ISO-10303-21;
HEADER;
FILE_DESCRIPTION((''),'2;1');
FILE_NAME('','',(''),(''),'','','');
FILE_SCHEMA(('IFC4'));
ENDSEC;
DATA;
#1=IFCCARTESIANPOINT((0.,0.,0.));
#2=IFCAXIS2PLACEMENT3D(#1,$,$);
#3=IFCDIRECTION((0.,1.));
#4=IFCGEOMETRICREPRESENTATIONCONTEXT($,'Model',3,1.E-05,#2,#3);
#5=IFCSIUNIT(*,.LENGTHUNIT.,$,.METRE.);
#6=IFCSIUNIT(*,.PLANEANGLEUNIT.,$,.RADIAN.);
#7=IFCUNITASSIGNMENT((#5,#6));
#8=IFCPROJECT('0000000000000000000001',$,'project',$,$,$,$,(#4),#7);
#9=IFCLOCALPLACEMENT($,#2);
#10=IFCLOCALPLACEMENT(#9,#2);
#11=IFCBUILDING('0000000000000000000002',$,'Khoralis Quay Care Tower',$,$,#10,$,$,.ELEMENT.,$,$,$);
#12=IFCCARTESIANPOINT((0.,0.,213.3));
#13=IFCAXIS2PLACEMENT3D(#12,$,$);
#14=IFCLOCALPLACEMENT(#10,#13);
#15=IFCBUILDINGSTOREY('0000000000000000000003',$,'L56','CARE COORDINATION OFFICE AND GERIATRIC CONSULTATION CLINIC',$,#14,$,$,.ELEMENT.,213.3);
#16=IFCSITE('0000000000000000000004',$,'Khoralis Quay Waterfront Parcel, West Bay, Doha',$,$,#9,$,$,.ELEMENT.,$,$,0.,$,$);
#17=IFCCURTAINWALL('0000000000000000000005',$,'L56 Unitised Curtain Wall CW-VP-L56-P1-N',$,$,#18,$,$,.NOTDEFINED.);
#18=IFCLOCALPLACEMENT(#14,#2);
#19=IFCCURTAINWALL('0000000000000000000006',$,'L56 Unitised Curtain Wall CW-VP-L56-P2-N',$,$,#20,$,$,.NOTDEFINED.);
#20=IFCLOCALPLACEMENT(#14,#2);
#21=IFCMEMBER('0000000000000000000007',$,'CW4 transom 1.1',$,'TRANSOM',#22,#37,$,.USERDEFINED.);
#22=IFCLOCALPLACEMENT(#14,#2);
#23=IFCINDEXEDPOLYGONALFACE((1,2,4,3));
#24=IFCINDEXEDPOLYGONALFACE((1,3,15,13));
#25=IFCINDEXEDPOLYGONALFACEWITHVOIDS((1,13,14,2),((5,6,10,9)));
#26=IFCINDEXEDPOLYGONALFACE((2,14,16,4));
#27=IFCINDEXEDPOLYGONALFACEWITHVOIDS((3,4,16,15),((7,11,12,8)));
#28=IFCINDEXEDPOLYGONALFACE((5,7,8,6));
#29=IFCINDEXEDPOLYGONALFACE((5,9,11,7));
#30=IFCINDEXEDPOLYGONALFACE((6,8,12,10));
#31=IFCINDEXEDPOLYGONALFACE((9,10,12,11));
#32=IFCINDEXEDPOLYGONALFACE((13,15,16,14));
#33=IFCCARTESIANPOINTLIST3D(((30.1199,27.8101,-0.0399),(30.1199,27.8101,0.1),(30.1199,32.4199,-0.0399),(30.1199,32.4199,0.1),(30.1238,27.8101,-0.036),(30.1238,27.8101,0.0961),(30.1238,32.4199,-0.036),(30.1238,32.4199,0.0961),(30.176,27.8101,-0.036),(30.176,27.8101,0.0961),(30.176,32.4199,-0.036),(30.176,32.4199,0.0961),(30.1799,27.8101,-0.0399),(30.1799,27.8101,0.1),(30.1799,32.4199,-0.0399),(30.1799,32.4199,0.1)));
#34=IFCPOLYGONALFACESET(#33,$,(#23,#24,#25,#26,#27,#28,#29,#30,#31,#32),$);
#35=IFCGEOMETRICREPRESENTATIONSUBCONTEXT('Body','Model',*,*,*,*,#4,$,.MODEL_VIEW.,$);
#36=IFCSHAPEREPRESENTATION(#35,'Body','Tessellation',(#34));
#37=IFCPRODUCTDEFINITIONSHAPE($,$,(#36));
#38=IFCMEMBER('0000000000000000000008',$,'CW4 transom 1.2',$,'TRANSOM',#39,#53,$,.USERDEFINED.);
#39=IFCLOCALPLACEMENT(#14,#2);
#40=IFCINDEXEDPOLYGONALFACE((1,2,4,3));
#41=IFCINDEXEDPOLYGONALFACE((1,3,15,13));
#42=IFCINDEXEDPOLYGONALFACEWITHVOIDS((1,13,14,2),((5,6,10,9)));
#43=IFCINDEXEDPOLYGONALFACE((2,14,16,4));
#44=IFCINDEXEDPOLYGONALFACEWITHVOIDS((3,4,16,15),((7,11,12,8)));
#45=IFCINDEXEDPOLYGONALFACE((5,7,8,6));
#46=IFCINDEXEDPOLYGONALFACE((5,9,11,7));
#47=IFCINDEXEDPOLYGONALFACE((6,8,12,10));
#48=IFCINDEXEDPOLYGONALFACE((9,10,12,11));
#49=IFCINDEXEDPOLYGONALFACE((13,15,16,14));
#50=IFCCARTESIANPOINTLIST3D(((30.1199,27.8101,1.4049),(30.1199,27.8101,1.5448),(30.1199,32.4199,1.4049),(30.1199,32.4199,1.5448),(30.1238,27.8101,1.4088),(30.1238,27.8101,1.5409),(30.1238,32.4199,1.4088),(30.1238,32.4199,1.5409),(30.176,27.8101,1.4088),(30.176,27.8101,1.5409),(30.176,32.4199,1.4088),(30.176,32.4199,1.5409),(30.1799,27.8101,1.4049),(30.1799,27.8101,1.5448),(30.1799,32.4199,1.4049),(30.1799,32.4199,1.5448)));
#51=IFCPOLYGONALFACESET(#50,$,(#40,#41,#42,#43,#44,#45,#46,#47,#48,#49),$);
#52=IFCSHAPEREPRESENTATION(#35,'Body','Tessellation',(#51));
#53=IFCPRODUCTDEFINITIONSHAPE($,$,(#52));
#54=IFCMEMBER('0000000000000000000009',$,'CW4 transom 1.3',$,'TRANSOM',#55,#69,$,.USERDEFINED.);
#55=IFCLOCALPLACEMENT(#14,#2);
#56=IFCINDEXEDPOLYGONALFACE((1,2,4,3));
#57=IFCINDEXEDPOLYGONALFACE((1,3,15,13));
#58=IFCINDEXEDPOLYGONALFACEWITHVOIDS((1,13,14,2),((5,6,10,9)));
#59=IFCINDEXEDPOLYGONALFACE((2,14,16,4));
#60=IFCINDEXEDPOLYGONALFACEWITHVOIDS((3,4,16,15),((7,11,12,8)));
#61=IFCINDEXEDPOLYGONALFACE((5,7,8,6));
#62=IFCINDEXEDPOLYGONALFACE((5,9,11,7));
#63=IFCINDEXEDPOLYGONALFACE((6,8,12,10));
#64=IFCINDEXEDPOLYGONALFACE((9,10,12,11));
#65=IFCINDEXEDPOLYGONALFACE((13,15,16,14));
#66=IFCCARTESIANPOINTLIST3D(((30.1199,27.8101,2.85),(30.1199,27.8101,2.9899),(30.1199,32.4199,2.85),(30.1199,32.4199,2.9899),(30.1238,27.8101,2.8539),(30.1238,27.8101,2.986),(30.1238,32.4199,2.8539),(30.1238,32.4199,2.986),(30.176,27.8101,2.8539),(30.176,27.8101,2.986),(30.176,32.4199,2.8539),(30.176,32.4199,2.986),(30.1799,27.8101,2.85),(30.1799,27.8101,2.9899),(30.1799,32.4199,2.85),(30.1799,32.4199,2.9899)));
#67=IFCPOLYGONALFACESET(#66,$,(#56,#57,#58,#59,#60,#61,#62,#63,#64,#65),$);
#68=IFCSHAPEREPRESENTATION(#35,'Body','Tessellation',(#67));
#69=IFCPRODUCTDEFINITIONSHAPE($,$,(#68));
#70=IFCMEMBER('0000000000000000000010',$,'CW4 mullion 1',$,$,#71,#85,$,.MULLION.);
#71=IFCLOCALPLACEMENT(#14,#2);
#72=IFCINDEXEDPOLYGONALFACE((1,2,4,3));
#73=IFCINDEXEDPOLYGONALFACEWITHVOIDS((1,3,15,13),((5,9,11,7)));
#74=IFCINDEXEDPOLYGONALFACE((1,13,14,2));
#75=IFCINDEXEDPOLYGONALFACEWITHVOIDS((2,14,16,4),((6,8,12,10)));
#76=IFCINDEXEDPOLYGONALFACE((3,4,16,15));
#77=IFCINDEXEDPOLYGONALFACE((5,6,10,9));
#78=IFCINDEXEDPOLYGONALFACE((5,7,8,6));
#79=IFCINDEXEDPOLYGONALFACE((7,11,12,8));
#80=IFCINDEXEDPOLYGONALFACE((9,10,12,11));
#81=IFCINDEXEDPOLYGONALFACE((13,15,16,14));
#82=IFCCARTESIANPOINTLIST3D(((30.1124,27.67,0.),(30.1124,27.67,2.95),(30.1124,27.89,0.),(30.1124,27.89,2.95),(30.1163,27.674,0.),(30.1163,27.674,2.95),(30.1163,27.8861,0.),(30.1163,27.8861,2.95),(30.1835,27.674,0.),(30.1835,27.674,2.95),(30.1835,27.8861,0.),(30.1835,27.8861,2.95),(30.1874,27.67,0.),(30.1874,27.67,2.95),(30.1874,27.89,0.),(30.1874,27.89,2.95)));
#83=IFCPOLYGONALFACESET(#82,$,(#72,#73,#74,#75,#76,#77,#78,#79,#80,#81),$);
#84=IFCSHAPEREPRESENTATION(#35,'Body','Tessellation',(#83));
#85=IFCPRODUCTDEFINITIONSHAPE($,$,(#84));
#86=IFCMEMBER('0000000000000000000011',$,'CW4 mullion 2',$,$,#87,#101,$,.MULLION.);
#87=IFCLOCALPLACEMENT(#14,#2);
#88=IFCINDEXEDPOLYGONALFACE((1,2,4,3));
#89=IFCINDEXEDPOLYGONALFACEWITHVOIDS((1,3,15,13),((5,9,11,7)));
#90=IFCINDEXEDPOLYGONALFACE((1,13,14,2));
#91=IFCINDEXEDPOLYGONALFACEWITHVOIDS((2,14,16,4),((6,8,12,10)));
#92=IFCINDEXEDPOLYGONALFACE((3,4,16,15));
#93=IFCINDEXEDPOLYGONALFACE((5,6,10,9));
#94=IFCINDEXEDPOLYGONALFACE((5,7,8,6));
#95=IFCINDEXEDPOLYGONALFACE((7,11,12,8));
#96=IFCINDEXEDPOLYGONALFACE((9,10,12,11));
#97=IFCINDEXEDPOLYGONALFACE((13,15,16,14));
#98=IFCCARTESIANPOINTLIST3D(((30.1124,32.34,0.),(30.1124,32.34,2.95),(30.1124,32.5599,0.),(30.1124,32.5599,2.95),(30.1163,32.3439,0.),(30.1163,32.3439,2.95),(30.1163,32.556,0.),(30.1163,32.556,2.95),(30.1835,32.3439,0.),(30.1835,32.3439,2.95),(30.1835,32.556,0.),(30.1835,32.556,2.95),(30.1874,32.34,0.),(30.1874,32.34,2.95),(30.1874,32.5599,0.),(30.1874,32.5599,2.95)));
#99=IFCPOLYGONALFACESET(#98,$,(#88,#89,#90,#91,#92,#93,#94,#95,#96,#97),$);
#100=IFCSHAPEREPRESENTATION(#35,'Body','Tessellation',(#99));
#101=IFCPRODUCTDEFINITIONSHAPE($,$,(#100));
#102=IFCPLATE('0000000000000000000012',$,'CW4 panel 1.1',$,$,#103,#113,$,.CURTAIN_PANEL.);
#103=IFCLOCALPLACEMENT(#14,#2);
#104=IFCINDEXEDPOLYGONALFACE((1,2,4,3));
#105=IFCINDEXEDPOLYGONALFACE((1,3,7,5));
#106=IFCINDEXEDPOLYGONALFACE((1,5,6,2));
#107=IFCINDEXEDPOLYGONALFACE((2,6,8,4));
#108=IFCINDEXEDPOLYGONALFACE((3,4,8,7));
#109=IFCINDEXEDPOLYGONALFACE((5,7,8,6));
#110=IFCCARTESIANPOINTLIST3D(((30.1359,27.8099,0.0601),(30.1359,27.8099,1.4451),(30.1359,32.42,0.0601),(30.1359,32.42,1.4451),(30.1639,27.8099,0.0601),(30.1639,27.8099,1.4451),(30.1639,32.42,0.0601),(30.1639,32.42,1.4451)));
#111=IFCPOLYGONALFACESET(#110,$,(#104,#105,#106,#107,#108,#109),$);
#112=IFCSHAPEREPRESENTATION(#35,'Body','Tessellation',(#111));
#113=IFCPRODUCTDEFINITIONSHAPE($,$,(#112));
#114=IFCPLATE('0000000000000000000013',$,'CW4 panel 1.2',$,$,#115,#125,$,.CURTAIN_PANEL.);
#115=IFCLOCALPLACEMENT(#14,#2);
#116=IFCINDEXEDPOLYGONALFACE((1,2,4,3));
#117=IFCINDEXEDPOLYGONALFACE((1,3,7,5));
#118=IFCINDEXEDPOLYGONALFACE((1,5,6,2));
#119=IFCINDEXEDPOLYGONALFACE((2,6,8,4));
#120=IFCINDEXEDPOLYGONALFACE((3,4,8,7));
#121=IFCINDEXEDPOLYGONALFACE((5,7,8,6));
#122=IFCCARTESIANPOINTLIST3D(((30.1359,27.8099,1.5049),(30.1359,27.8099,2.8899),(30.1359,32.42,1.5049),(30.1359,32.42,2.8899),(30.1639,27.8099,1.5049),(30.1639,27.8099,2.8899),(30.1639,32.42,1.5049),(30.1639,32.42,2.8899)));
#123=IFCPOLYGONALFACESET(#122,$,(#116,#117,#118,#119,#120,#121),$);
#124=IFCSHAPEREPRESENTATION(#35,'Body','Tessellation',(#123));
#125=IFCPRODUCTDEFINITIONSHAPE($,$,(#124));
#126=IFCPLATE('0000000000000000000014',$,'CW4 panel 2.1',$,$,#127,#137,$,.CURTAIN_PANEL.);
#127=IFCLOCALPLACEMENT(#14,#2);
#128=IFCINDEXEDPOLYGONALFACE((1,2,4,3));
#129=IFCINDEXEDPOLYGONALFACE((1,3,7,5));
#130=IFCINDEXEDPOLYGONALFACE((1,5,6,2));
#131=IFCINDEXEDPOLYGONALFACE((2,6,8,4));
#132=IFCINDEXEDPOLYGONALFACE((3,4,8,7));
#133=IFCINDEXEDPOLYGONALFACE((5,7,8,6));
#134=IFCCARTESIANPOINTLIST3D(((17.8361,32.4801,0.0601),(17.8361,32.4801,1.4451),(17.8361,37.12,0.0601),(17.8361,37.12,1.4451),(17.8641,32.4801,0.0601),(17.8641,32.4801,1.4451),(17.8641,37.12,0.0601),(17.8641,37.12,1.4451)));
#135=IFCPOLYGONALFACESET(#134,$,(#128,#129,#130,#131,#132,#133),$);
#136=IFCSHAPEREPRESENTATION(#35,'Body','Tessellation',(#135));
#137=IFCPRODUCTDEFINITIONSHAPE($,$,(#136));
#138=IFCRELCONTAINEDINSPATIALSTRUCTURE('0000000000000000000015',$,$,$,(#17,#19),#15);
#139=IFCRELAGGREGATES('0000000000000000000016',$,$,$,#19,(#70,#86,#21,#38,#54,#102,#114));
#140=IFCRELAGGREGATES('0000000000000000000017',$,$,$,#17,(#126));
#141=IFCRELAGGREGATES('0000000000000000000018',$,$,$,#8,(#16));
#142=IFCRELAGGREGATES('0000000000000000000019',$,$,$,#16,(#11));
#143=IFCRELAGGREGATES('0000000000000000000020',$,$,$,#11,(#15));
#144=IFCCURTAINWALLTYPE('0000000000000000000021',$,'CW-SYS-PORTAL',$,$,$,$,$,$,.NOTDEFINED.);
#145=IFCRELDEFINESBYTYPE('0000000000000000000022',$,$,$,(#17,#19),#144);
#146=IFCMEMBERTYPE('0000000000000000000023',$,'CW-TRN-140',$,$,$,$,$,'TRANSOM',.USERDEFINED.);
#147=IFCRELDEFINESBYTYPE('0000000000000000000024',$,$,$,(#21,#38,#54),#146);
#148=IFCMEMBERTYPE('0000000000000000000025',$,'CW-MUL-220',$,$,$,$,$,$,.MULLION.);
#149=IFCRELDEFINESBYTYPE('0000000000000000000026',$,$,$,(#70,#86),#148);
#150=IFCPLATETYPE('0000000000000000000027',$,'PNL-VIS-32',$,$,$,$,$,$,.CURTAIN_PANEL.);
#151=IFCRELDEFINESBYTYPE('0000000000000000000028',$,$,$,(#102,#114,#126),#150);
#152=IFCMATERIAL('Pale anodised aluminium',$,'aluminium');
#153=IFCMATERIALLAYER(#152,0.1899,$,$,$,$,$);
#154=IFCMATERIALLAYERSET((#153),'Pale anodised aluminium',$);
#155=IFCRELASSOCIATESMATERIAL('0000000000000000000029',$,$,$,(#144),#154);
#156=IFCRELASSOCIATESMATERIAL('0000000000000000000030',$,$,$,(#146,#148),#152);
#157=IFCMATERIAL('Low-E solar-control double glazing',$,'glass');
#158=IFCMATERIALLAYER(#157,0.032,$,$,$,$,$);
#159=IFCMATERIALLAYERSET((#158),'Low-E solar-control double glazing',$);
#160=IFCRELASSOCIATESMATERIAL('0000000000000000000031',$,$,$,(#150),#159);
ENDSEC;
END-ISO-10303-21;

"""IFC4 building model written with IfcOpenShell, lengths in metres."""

from ifc_helpers import new_model, si_unit, direction, frame, origin, origin_2d, place, context, subcontext, project, spatial, rectangle, hollow_rectangle, extrude, source, transform, mapped, material, layer, layer_set, material_profile, profile_set, type_object, element, aggregate, save


model = new_model("IFC4")

# Units and contexts
model_context = context("Model", 3, precision=1e-05, world=origin(), true_north=direction((0.0, 1.0)))
body_context = subcontext(model_context, "Body", "Model", "MODEL_VIEW")
ifc_project = project(units=[si_unit("LENGTHUNIT", "METRE"), si_unit("PLANEANGLEUNIT", "RADIAN")], contexts=[model_context])

# Site, building, storey
site_placement = place(None, origin())
site = spatial("IfcSite", under=ifc_project, at=site_placement, Name="Khoralis Quay Waterfront Parcel, West Bay, Doha", CompositionType="ELEMENT", RefElevation=0.0)
building_placement = place(site_placement, origin())
building = spatial("IfcBuilding", under=site, at=building_placement, Name="Khoralis Quay Care Tower", CompositionType="ELEMENT")
storey_placement = place(building_placement, frame((0.0, 0.0, 213.3)))
storey = spatial("IfcBuildingStorey", under=building, at=storey_placement, Name="L56", Description="CARE COORDINATION OFFICE AND GERIATRIC CONSULTATION CLINIC", CompositionType="ELEMENT", Elevation=213.3)

# Curtain wall
ifc_material_1 = material(Name="Pale anodised aluminium", Category="aluminium")
ifc_layer_1 = layer(ifc_material_1, 0.1899)
ifc_layer_set_1 = layer_set([ifc_layer_1], Name="Pale anodised aluminium")
curtain_wall_type = type_object("IfcCurtainWallType", Name="CW-SYS-PORTAL", PredefinedType="NOTDEFINED", material=ifc_layer_set_1)
curtain_wall_1_placement = place(storey_placement, origin())
curtain_wall_1 = element("IfcCurtainWall", 1, at=curtain_wall_1_placement, inside=storey, type_object=curtain_wall_type, Name="L56 Unitised Curtain Wall CW-VP-L56-P1-N", PredefinedType="NOTDEFINED")
ifc_material_profile_1 = material_profile(ifc_material_1, hollow_rectangle(XDim=0.0601, YDim=0.1399, WallThickness=0.0039, at=origin_2d()), Name="Pale anodised aluminium")
ifc_profile_set_1 = profile_set([ifc_material_profile_1], Name="Pale anodised aluminium")
member_type_1 = type_object("IfcMemberType", Name="CW-TRN-140", ElementType="TRANSOM", PredefinedType="USERDEFINED", material=ifc_profile_set_1)

# Curtain wall, members, plates
curtain_wall_2_placement = place(storey_placement, origin())
curtain_wall_2 = element("IfcCurtainWall", 2, at=curtain_wall_2_placement, inside=storey, type_object=curtain_wall_type, Name="L56 Unitised Curtain Wall CW-VP-L56-P2-N", PredefinedType="NOTDEFINED")
shared_shape_1 = source(origin(), body_context, "Body", "SweptSolid", [
    extrude(hollow_rectangle(XDim=0.0601, YDim=0.1399, WallThickness=0.0039, at=origin_2d()), origin(), (0.0, 0.0, 1.0), 4.6099),
])
member_1_placement = place(storey_placement, frame((30.1499, 27.8101, 0.03), z_axis=(0.0, 1.0, 0.0), x_axis=(-1.0, 0.0, 0.0)))
member_1 = element("IfcMember", 3, at=member_1_placement, type_object=member_type_1, Name="CW4 transom 1.1", ObjectType="TRANSOM", PredefinedType="USERDEFINED", context=body_context, shape_type="MappedRepresentation", body=[
    mapped(shared_shape_1, transform((0.0, 0.0, 0.0), scale=1.0)),
])
member_2_placement = place(storey_placement, frame((30.1499, 27.8101, 1.4749), z_axis=(0.0, 1.0, 0.0), x_axis=(-1.0, 0.0, 0.0)))
member_2 = element("IfcMember", 4, at=member_2_placement, type_object=member_type_1, Name="CW4 transom 1.2", ObjectType="TRANSOM", PredefinedType="USERDEFINED", context=body_context, shape_type="MappedRepresentation", body=[
    mapped(shared_shape_1, transform((0.0, 0.0, 0.0), scale=1.0)),
])
member_3_placement = place(storey_placement, frame((30.1499, 27.8101, 2.9199), z_axis=(0.0, 1.0, 0.0), x_axis=(-1.0, 0.0, 0.0)))
member_3 = element("IfcMember", 5, at=member_3_placement, type_object=member_type_1, Name="CW4 transom 1.3", ObjectType="TRANSOM", PredefinedType="USERDEFINED", context=body_context, shape_type="MappedRepresentation", body=[
    mapped(shared_shape_1, transform((0.0, 0.0, 0.0), scale=1.0)),
])
ifc_material_profile_2 = material_profile(ifc_material_1, hollow_rectangle(XDim=0.075, YDim=0.22, WallThickness=0.0039, at=origin_2d()), Name="Pale anodised aluminium")
ifc_profile_set_2 = profile_set([ifc_material_profile_2], Name="Pale anodised aluminium")
member_type_2 = type_object("IfcMemberType", Name="CW-MUL-220", PredefinedType="MULLION", material=ifc_profile_set_2)
shared_shape_2 = source(origin(), body_context, "Body", "SweptSolid", [
    extrude(hollow_rectangle(XDim=0.075, YDim=0.22, WallThickness=0.0039, at=origin_2d()), origin(), (0.0, 0.0, 1.0), 2.95),
])
member_4_placement = place(storey_placement, frame((30.1499, 27.78, 0.0), z_axis=(0.0, 0.0, 1.0), x_axis=(-1.0, 0.0, 0.0)))
member_4 = element("IfcMember", 6, at=member_4_placement, type_object=member_type_2, Name="CW4 mullion 1", PredefinedType="MULLION", context=body_context, shape_type="MappedRepresentation", body=[
    mapped(shared_shape_2, transform((0.0, 0.0, 0.0), scale=1.0)),
])
member_5_placement = place(storey_placement, frame((30.1499, 32.45, 0.0), z_axis=(0.0, 0.0, 1.0), x_axis=(-1.0, 0.0, 0.0)))
member_5 = element("IfcMember", 7, at=member_5_placement, type_object=member_type_2, Name="CW4 mullion 2", PredefinedType="MULLION", context=body_context, shape_type="MappedRepresentation", body=[
    mapped(shared_shape_2, transform((0.0, 0.0, 0.0), scale=1.0)),
])
ifc_material_2 = material(Name="Low-E solar-control double glazing", Category="glass")
ifc_layer_2 = layer(ifc_material_2, 0.032)
ifc_layer_set_2 = layer_set([ifc_layer_2], Name="Low-E solar-control double glazing")
plate_type = type_object("IfcPlateType", Name="PNL-VIS-32", PredefinedType="CURTAIN_PANEL", material=ifc_layer_set_2)
shared_shape_3 = source(origin(), body_context, "Body", "SweptSolid", [
    extrude(rectangle(XDim=4.6101, YDim=0.0281, at=origin_2d()), origin(), (0.0, 0.0, 1.0), 1.385),
])
plate_1_placement = place(storey_placement, frame((30.1499, 30.115, 0.0601), z_axis=(0.0, 0.0, 1.0), x_axis=(0.0, 1.0, 0.0)))
plate_1 = element("IfcPlate", 8, at=plate_1_placement, type_object=plate_type, Name="CW4 panel 1.1", PredefinedType="CURTAIN_PANEL", context=body_context, shape_type="MappedRepresentation", body=[
    mapped(shared_shape_3, transform((0.0, 0.0, 0.0), scale=1.0)),
])
plate_2_placement = place(storey_placement, frame((30.1499, 30.115, 1.5049), z_axis=(0.0, 0.0, 1.0), x_axis=(0.0, 1.0, 0.0)))
plate_2 = element("IfcPlate", 9, at=plate_2_placement, type_object=plate_type, Name="CW4 panel 1.2", PredefinedType="CURTAIN_PANEL", context=body_context, shape_type="MappedRepresentation", body=[
    mapped(shared_shape_3, transform((0.0, 0.0, 0.0), scale=1.0)),
])
aggregate(curtain_wall_2, [member_4, member_5, member_1, member_2, member_3, plate_1, plate_2])

# Plate
shared_shape_4 = source(origin(), body_context, "Body", "SweptSolid", [
    extrude(rectangle(XDim=4.6399, YDim=0.0281, at=origin_2d()), origin(), (0.0, 0.0, 1.0), 1.385),
])
plate_3_placement = place(storey_placement, frame((17.8501, 34.8, 0.0601), z_axis=(0.0, 0.0, 1.0), x_axis=(0.0, 1.0, 0.0)))
plate_3 = element("IfcPlate", 10, at=plate_3_placement, type_object=plate_type, Name="CW4 panel 2.1", PredefinedType="CURTAIN_PANEL", context=body_context, shape_type="MappedRepresentation", body=[
    mapped(shared_shape_4, transform((0.0, 0.0, 0.0), scale=1.0)),
])
aggregate(curtain_wall_1, [plate_3])

save(model, "model.ifc")
